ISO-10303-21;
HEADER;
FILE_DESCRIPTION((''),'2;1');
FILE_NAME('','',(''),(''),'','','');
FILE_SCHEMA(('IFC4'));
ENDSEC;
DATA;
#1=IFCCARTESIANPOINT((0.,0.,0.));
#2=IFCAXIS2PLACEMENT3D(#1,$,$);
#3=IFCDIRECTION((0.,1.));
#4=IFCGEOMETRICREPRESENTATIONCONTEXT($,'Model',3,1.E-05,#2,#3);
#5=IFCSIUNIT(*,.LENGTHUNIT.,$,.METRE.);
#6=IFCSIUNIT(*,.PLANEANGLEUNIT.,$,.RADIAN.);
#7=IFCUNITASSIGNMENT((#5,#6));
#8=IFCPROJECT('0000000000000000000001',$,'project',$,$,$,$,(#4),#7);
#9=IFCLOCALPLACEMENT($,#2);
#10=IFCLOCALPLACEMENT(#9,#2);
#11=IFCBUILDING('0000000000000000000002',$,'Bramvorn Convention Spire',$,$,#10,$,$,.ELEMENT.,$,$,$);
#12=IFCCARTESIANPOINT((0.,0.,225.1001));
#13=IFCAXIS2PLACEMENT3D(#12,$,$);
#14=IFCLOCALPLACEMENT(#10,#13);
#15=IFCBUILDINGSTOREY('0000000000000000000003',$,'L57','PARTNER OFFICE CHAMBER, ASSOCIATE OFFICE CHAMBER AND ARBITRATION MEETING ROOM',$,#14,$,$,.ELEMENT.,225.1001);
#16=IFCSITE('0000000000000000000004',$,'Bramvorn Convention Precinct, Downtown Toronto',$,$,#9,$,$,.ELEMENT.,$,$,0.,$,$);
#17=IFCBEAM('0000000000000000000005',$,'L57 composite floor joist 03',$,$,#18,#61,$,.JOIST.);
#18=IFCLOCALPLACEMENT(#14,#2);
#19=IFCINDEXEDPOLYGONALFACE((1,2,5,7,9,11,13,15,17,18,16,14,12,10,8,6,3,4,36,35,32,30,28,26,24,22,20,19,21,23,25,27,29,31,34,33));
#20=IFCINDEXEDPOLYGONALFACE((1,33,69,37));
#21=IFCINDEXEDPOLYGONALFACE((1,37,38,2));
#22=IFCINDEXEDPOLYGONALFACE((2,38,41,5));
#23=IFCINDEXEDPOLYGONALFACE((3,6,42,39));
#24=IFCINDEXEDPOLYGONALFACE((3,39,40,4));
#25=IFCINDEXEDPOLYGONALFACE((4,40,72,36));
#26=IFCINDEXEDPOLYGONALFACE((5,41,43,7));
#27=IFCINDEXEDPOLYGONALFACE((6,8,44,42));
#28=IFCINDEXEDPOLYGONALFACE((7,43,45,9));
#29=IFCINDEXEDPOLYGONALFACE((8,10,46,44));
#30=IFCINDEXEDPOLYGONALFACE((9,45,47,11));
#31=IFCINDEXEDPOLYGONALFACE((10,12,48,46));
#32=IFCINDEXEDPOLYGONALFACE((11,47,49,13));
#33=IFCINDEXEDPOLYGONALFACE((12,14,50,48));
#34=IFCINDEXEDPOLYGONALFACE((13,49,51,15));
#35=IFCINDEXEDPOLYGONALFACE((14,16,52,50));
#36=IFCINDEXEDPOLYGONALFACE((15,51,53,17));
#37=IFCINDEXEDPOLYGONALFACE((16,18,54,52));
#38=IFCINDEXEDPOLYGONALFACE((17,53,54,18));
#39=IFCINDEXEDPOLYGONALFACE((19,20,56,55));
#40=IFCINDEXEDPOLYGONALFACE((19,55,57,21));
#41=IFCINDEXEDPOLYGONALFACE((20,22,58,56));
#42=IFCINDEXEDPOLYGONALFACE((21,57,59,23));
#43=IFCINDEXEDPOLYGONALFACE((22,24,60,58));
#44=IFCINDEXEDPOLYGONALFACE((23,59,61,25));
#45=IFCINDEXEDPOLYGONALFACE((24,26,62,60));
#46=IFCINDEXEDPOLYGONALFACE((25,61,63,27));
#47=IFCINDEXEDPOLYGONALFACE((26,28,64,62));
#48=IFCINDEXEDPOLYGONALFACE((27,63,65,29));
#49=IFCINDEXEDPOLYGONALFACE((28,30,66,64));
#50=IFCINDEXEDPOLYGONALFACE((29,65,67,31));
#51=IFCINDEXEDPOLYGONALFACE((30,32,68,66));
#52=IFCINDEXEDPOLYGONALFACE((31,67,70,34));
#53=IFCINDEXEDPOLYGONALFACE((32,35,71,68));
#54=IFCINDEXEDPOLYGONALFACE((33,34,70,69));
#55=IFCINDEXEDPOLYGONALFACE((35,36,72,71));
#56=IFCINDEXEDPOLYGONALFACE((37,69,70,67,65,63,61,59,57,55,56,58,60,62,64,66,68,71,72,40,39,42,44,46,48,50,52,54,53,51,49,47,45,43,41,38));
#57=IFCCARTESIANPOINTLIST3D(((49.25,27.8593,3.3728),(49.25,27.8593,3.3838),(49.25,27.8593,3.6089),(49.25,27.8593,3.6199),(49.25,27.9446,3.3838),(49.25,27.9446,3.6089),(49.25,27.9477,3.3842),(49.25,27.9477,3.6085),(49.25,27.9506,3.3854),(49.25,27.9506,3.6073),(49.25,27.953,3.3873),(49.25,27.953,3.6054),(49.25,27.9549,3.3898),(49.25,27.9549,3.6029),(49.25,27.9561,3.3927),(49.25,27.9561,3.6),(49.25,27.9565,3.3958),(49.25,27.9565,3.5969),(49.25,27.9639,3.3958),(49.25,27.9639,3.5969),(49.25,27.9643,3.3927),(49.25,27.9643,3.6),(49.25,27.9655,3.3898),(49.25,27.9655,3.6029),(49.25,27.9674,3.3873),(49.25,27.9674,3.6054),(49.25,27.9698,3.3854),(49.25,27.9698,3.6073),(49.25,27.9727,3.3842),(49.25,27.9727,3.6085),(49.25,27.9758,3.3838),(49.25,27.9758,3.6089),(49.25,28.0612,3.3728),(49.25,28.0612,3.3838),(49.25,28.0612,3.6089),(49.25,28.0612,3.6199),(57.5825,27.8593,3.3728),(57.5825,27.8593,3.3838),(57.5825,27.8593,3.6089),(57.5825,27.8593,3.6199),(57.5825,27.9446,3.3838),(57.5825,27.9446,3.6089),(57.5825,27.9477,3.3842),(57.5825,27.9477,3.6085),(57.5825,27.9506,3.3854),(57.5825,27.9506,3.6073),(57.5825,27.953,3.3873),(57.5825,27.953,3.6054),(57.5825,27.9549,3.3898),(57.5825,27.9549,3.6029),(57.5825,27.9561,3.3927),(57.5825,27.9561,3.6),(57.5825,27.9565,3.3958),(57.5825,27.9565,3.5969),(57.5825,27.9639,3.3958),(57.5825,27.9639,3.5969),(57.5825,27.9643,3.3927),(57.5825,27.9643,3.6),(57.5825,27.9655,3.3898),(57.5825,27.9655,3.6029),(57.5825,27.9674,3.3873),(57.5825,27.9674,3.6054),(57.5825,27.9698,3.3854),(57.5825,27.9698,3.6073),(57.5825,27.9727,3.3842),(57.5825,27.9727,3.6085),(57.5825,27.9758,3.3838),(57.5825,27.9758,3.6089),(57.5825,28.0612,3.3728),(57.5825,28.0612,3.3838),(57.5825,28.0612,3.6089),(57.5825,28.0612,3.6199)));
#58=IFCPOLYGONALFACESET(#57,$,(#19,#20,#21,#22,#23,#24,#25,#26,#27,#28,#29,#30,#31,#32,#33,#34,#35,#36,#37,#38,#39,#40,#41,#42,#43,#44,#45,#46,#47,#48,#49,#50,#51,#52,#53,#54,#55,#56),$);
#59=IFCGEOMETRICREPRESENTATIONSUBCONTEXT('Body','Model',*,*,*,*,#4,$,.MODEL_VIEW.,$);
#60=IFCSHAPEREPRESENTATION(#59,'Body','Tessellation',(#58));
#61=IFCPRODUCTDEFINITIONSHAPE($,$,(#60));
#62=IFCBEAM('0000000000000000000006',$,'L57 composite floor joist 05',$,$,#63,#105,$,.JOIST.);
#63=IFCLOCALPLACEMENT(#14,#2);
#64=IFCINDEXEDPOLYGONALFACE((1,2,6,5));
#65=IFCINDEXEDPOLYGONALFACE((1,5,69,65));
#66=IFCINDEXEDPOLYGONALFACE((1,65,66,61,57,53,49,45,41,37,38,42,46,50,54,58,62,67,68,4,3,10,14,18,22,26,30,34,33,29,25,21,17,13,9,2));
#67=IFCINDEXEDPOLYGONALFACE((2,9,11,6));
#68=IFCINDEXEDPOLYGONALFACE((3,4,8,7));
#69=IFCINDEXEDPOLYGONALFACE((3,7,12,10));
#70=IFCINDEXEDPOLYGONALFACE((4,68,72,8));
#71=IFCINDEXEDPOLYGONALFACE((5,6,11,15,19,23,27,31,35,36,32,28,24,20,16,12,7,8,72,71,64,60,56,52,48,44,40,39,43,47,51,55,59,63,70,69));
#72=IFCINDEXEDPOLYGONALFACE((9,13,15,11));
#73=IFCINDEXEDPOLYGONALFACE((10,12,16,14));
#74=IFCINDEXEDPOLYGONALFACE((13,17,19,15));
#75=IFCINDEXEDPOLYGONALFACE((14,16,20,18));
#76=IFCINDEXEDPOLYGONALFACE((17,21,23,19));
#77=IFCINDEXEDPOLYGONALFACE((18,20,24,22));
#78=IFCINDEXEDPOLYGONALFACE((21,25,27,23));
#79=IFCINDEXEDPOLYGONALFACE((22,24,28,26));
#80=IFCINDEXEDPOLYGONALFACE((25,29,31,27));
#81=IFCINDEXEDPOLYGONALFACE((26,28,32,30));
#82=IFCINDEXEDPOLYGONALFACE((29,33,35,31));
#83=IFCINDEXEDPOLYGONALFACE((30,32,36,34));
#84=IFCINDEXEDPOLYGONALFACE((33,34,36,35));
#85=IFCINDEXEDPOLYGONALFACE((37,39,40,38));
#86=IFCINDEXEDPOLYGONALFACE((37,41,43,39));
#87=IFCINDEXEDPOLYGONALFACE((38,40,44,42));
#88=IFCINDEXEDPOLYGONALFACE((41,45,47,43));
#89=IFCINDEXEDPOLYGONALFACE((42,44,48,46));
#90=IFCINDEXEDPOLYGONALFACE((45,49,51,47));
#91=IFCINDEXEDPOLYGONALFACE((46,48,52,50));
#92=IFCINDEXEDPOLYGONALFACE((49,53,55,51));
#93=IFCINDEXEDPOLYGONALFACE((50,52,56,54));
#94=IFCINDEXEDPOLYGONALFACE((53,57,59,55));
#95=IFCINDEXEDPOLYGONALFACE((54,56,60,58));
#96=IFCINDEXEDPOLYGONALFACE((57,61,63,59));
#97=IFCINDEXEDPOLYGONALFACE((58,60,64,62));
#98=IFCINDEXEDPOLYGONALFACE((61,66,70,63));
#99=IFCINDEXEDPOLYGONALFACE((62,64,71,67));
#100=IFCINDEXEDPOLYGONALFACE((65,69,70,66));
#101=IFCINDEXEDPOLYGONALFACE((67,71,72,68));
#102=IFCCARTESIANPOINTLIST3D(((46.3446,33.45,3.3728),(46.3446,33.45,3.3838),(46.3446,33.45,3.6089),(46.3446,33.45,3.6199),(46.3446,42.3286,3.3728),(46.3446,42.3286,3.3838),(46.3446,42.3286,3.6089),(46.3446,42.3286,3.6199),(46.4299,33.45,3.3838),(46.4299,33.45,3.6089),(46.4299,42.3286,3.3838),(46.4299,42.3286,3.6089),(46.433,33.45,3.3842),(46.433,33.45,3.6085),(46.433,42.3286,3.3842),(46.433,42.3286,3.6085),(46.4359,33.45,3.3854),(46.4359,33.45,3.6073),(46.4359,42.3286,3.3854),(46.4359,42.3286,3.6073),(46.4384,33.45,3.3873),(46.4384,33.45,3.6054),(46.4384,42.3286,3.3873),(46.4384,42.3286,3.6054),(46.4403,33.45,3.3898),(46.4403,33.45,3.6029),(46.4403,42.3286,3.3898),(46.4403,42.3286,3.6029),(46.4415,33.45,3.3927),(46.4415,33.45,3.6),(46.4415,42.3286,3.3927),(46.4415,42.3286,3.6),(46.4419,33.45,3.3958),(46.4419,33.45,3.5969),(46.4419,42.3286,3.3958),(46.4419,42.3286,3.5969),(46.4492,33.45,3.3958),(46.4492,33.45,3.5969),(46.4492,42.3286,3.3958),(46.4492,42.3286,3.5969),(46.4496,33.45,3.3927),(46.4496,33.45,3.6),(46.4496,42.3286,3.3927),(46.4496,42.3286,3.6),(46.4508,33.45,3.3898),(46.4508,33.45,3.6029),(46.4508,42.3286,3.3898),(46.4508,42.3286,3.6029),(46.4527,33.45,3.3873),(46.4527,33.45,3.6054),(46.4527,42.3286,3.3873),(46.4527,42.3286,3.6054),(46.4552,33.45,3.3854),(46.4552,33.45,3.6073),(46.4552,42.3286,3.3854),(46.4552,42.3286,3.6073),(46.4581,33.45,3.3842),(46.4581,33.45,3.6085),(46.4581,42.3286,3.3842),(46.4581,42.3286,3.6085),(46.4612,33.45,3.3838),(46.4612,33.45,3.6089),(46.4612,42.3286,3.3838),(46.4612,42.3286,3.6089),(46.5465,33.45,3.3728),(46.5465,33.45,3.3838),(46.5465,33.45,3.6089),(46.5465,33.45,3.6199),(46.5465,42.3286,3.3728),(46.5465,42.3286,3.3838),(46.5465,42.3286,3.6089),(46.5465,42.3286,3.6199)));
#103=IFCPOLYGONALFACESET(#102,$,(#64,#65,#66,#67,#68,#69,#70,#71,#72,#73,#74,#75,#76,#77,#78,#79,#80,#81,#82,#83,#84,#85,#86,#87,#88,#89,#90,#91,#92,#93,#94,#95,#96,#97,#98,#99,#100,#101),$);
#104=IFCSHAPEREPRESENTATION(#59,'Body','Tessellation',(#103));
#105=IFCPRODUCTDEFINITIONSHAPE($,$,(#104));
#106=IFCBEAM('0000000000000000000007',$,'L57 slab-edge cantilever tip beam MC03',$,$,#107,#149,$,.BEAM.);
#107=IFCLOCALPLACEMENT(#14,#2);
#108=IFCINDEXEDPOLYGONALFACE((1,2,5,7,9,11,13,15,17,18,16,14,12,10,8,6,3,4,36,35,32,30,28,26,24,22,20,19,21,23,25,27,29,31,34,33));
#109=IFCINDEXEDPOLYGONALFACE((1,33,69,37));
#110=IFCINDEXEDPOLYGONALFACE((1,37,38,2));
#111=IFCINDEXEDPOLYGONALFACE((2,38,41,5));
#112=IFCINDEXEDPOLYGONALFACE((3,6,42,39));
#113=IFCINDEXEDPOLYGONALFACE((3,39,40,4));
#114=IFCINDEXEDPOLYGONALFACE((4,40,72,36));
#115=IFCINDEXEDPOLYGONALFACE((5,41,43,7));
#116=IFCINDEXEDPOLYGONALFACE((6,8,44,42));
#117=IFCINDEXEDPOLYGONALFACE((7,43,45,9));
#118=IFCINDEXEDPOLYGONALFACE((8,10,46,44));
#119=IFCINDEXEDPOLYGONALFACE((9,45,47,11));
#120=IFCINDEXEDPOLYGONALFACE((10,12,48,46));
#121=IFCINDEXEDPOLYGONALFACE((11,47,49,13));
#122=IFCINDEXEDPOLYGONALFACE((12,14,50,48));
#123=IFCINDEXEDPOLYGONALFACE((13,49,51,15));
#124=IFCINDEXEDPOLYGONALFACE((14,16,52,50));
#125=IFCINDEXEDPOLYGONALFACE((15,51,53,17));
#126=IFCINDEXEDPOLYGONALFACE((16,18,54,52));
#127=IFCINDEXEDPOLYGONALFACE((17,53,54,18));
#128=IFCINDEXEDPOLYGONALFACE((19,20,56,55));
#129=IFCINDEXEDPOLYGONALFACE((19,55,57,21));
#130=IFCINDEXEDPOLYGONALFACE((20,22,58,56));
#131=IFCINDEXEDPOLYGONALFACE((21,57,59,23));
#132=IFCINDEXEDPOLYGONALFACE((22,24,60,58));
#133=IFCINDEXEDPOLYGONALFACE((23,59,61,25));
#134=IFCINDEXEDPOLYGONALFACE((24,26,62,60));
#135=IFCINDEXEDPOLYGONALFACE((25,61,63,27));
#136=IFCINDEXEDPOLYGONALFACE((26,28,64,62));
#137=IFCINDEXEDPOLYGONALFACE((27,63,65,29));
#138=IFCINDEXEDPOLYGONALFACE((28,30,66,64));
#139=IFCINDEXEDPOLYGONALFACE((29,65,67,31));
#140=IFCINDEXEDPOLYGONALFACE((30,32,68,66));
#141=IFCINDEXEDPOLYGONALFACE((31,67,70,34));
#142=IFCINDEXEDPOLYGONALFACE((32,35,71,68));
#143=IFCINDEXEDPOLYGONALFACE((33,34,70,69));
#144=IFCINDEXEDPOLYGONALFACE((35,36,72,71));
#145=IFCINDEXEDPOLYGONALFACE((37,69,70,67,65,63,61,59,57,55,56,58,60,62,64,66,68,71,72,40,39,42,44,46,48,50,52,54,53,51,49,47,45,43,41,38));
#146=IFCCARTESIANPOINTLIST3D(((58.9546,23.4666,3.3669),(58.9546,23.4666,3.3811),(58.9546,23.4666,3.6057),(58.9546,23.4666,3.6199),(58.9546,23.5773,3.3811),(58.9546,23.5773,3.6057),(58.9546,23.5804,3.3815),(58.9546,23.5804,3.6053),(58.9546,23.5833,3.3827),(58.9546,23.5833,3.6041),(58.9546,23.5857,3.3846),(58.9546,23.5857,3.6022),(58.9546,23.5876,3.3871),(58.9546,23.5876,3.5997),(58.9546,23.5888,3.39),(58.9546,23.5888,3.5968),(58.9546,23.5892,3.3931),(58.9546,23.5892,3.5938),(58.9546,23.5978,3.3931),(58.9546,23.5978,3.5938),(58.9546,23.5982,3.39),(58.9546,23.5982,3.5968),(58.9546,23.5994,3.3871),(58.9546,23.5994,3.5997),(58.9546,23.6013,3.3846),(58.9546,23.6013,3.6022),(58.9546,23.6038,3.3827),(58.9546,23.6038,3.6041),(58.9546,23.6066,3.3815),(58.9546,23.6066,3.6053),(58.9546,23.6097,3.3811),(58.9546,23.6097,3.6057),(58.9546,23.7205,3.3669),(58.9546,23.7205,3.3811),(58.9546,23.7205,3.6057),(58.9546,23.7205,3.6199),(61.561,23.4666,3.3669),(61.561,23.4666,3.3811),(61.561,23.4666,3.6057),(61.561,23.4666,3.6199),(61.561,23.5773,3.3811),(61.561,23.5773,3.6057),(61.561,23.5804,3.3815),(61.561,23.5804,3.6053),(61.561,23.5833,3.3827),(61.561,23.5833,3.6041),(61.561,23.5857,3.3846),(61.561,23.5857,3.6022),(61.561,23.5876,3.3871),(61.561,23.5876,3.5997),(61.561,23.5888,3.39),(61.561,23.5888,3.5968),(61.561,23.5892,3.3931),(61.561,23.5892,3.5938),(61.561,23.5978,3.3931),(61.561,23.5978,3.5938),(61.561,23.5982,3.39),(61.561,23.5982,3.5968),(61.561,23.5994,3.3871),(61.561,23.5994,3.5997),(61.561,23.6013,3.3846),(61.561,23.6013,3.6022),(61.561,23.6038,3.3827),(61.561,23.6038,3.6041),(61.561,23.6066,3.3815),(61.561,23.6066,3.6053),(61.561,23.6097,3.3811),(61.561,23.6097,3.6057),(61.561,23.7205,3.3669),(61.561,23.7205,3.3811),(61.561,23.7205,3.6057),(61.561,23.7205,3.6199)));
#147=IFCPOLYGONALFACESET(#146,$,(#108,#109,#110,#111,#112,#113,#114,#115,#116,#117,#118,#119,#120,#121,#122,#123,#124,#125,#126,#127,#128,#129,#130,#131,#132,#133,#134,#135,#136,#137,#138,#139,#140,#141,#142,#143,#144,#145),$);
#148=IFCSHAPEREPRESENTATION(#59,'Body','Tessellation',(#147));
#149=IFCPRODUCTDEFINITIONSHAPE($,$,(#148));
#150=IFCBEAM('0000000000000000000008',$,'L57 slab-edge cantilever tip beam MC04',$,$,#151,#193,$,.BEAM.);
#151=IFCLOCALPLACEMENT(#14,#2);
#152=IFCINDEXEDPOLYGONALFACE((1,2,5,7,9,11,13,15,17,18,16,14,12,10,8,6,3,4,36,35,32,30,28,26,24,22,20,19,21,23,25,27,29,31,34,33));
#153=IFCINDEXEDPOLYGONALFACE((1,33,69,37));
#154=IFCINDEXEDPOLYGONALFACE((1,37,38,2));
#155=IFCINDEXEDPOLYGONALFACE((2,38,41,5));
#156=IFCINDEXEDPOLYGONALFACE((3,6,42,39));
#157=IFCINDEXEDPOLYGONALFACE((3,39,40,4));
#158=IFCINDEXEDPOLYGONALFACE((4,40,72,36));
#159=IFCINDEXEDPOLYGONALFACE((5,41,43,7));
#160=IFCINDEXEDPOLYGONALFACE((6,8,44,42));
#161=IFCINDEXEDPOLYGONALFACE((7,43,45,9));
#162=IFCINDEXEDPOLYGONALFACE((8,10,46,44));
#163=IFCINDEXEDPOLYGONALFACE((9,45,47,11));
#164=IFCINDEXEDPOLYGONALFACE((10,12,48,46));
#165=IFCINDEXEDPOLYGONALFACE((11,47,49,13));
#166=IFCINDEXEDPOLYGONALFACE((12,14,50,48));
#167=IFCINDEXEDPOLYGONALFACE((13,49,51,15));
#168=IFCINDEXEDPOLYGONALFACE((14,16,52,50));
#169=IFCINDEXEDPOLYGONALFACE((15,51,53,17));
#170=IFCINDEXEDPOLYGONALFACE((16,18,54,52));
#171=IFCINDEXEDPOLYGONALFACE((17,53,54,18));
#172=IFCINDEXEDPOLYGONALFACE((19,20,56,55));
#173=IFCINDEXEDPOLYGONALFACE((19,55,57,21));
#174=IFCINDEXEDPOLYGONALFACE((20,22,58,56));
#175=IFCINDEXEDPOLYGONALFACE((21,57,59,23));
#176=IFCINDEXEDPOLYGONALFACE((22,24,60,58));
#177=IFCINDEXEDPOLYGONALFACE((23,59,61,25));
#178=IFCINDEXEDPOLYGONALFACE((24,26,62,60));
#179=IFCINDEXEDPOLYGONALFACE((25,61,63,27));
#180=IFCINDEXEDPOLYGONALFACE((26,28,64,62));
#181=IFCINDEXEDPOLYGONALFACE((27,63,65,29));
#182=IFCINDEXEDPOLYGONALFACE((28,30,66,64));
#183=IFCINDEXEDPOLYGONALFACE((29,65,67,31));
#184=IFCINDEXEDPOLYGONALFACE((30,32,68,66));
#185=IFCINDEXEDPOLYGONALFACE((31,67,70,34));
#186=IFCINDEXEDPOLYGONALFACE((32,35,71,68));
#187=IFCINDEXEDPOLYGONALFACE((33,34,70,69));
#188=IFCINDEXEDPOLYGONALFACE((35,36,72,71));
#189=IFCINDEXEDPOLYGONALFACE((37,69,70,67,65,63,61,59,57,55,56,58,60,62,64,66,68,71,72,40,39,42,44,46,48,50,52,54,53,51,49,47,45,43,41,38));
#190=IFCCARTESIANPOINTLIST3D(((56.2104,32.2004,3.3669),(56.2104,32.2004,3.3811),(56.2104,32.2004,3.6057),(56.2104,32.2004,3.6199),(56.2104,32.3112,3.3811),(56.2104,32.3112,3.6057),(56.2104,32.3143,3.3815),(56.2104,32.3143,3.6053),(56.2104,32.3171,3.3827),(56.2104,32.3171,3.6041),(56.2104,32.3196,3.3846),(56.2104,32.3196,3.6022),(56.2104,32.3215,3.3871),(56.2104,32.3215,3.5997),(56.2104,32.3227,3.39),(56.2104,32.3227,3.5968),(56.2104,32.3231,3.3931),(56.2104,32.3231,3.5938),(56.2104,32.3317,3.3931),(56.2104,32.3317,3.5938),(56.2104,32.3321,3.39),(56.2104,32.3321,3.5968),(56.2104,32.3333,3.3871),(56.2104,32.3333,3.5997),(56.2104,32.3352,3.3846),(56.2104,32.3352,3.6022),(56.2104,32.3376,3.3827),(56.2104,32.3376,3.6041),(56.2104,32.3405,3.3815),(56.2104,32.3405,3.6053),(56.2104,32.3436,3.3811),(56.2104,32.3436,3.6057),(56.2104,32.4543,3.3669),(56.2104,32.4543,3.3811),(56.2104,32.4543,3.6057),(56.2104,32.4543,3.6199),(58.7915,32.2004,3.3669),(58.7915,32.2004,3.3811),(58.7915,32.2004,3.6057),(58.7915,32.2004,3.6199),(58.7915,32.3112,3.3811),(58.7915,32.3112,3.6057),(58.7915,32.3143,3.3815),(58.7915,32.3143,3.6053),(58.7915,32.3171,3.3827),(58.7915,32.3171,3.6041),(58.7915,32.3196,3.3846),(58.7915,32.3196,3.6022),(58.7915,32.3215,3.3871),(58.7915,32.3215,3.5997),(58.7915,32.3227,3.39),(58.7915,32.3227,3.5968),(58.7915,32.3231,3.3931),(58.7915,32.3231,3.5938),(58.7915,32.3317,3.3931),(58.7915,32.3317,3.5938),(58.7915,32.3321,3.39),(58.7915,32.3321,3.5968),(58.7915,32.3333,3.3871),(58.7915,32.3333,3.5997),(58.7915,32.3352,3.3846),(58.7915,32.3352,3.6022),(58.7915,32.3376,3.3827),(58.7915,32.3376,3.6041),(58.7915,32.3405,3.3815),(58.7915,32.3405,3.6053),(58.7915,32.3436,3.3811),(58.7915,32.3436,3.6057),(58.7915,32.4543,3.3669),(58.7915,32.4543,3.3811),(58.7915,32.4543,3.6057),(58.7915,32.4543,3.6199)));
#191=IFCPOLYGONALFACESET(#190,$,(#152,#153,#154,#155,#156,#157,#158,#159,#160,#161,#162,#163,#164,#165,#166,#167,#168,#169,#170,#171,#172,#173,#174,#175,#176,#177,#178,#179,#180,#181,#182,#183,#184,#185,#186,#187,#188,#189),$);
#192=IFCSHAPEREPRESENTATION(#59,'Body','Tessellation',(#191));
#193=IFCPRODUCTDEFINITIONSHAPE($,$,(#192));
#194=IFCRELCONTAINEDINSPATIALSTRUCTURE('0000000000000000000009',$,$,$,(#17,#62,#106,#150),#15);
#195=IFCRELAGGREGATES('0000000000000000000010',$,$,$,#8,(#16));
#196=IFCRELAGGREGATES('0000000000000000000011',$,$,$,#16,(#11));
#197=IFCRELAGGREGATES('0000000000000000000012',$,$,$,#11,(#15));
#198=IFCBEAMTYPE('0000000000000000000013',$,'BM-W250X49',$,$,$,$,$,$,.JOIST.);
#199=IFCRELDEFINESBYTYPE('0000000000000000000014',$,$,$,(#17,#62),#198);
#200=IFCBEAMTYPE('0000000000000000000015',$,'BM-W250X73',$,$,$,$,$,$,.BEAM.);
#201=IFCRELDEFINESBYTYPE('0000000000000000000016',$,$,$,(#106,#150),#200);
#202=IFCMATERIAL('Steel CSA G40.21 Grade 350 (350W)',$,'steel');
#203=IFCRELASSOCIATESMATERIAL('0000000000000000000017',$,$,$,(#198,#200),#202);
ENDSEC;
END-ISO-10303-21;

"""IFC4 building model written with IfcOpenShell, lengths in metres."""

from ifc_helpers import new_model, si_unit, direction, frame, origin, origin_2d, place, context, subcontext, project, spatial, i_section, extrude, material, material_profile, profile_set, type_object, element, save


model = new_model("IFC4")

# Units and contexts
model_context = context("Model", 3, precision=1e-05, world=origin(), true_north=direction((0.0, 1.0)))
body_context = subcontext(model_context, "Body", "Model", "MODEL_VIEW")
ifc_project = project(units=[si_unit("LENGTHUNIT", "METRE"), si_unit("PLANEANGLEUNIT", "RADIAN")], contexts=[model_context])

# Site, building, storey
site_placement = place(None, origin())
site = spatial("IfcSite", under=ifc_project, at=site_placement, Name="Bramvorn Convention Precinct, Downtown Toronto", CompositionType="ELEMENT", RefElevation=0.0)
building_placement = place(site_placement, origin())
building = spatial("IfcBuilding", under=site, at=building_placement, Name="Bramvorn Convention Spire", CompositionType="ELEMENT")
storey_placement = place(building_placement, frame((0.0, 0.0, 225.1001)))
storey = spatial("IfcBuildingStorey", under=building, at=storey_placement, Name="L57", Description="PARTNER OFFICE CHAMBER, ASSOCIATE OFFICE CHAMBER AND ARBITRATION MEETING ROOM", CompositionType="ELEMENT", Elevation=225.1001)

# Shared definitions
ifc_material_1 = material(Name="Steel CSA G40.21 Grade 350 (350W)", Category="steel")

# Beams
ifc_material_profile_1 = material_profile(ifc_material_1, i_section(OverallWidth=0.2019, OverallDepth=0.2471, WebThickness=0.0073, FlangeThickness=0.011, FilletRadius=0.012, at=origin_2d()))
ifc_profile_set_1 = profile_set([ifc_material_profile_1], Name="Steel CSA G40.21 Grade 350 (350W) - W250X49")
beam_type_1 = type_object("IfcBeamType", Name="BM-W250X49", PredefinedType="JOIST", material=ifc_profile_set_1)
beam_1_placement = place(storey_placement, frame((49.25, 27.9602, 3.4963), z_axis=(1.0, 0.0, 0.0), x_axis=(0.0, 1.0, 0.0)))
element("IfcBeam", 1, at=beam_1_placement, inside=storey, type_object=beam_type_1, Name="L57 composite floor joist 03", PredefinedType="JOIST", context=body_context, shape_type="SweptSolid", body=[
    extrude(i_section(OverallWidth=0.2019, OverallDepth=0.2471, WebThickness=0.0073, FlangeThickness=0.011, FilletRadius=0.012, at=origin_2d()), origin(), (0.0, 0.0, 1.0), 8.3325),
])
beam_2_placement = place(storey_placement, frame((46.4456, 33.45, 3.4963), z_axis=(0.0, 1.0, 0.0), x_axis=(-1.0, 0.0, 0.0)))
element("IfcBeam", 2, at=beam_2_placement, inside=storey, type_object=beam_type_1, Name="L57 composite floor joist 05", PredefinedType="JOIST", context=body_context, shape_type="SweptSolid", body=[
    extrude(i_section(OverallWidth=0.2019, OverallDepth=0.2471, WebThickness=0.0073, FlangeThickness=0.011, FilletRadius=0.012, at=origin_2d()), origin(), (0.0, 0.0, 1.0), 8.8787),
])
ifc_material_profile_2 = material_profile(ifc_material_1, i_section(OverallWidth=0.2539, OverallDepth=0.2529, WebThickness=0.0085, FlangeThickness=0.0142, FilletRadius=0.012, at=origin_2d()))
ifc_profile_set_2 = profile_set([ifc_material_profile_2], Name="Steel CSA G40.21 Grade 350 (350W) - W250X73")
beam_type_2 = type_object("IfcBeamType", Name="BM-W250X73", PredefinedType="BEAM", material=ifc_profile_set_2)
beam_3_placement = place(storey_placement, frame((58.9546, 23.5935, 3.4934), z_axis=(1.0, 0.0, 0.0), x_axis=(0.0, 1.0, 0.0)))
element("IfcBeam", 3, at=beam_3_placement, inside=storey, type_object=beam_type_2, Name="L57 slab-edge cantilever tip beam MC03", PredefinedType="BEAM", context=body_context, shape_type="SweptSolid", body=[
    extrude(i_section(OverallWidth=0.2539, OverallDepth=0.2529, WebThickness=0.0085, FlangeThickness=0.0142, FilletRadius=0.012, at=origin_2d()), origin(), (0.0, 0.0, 1.0), 2.6064),
])
beam_4_placement = place(storey_placement, frame((56.2104, 32.3274, 3.4934), z_axis=(1.0, 0.0, 0.0), x_axis=(0.0, 1.0, 0.0)))
element("IfcBeam", 4, at=beam_4_placement, inside=storey, type_object=beam_type_2, Name="L57 slab-edge cantilever tip beam MC04", PredefinedType="BEAM", context=body_context, shape_type="SweptSolid", body=[
    extrude(i_section(OverallWidth=0.2539, OverallDepth=0.2529, WebThickness=0.0085, FlangeThickness=0.0142, FilletRadius=0.012, at=origin_2d()), origin(), (0.0, 0.0, 1.0), 2.5811),
])

save(model, "model.ifc")
